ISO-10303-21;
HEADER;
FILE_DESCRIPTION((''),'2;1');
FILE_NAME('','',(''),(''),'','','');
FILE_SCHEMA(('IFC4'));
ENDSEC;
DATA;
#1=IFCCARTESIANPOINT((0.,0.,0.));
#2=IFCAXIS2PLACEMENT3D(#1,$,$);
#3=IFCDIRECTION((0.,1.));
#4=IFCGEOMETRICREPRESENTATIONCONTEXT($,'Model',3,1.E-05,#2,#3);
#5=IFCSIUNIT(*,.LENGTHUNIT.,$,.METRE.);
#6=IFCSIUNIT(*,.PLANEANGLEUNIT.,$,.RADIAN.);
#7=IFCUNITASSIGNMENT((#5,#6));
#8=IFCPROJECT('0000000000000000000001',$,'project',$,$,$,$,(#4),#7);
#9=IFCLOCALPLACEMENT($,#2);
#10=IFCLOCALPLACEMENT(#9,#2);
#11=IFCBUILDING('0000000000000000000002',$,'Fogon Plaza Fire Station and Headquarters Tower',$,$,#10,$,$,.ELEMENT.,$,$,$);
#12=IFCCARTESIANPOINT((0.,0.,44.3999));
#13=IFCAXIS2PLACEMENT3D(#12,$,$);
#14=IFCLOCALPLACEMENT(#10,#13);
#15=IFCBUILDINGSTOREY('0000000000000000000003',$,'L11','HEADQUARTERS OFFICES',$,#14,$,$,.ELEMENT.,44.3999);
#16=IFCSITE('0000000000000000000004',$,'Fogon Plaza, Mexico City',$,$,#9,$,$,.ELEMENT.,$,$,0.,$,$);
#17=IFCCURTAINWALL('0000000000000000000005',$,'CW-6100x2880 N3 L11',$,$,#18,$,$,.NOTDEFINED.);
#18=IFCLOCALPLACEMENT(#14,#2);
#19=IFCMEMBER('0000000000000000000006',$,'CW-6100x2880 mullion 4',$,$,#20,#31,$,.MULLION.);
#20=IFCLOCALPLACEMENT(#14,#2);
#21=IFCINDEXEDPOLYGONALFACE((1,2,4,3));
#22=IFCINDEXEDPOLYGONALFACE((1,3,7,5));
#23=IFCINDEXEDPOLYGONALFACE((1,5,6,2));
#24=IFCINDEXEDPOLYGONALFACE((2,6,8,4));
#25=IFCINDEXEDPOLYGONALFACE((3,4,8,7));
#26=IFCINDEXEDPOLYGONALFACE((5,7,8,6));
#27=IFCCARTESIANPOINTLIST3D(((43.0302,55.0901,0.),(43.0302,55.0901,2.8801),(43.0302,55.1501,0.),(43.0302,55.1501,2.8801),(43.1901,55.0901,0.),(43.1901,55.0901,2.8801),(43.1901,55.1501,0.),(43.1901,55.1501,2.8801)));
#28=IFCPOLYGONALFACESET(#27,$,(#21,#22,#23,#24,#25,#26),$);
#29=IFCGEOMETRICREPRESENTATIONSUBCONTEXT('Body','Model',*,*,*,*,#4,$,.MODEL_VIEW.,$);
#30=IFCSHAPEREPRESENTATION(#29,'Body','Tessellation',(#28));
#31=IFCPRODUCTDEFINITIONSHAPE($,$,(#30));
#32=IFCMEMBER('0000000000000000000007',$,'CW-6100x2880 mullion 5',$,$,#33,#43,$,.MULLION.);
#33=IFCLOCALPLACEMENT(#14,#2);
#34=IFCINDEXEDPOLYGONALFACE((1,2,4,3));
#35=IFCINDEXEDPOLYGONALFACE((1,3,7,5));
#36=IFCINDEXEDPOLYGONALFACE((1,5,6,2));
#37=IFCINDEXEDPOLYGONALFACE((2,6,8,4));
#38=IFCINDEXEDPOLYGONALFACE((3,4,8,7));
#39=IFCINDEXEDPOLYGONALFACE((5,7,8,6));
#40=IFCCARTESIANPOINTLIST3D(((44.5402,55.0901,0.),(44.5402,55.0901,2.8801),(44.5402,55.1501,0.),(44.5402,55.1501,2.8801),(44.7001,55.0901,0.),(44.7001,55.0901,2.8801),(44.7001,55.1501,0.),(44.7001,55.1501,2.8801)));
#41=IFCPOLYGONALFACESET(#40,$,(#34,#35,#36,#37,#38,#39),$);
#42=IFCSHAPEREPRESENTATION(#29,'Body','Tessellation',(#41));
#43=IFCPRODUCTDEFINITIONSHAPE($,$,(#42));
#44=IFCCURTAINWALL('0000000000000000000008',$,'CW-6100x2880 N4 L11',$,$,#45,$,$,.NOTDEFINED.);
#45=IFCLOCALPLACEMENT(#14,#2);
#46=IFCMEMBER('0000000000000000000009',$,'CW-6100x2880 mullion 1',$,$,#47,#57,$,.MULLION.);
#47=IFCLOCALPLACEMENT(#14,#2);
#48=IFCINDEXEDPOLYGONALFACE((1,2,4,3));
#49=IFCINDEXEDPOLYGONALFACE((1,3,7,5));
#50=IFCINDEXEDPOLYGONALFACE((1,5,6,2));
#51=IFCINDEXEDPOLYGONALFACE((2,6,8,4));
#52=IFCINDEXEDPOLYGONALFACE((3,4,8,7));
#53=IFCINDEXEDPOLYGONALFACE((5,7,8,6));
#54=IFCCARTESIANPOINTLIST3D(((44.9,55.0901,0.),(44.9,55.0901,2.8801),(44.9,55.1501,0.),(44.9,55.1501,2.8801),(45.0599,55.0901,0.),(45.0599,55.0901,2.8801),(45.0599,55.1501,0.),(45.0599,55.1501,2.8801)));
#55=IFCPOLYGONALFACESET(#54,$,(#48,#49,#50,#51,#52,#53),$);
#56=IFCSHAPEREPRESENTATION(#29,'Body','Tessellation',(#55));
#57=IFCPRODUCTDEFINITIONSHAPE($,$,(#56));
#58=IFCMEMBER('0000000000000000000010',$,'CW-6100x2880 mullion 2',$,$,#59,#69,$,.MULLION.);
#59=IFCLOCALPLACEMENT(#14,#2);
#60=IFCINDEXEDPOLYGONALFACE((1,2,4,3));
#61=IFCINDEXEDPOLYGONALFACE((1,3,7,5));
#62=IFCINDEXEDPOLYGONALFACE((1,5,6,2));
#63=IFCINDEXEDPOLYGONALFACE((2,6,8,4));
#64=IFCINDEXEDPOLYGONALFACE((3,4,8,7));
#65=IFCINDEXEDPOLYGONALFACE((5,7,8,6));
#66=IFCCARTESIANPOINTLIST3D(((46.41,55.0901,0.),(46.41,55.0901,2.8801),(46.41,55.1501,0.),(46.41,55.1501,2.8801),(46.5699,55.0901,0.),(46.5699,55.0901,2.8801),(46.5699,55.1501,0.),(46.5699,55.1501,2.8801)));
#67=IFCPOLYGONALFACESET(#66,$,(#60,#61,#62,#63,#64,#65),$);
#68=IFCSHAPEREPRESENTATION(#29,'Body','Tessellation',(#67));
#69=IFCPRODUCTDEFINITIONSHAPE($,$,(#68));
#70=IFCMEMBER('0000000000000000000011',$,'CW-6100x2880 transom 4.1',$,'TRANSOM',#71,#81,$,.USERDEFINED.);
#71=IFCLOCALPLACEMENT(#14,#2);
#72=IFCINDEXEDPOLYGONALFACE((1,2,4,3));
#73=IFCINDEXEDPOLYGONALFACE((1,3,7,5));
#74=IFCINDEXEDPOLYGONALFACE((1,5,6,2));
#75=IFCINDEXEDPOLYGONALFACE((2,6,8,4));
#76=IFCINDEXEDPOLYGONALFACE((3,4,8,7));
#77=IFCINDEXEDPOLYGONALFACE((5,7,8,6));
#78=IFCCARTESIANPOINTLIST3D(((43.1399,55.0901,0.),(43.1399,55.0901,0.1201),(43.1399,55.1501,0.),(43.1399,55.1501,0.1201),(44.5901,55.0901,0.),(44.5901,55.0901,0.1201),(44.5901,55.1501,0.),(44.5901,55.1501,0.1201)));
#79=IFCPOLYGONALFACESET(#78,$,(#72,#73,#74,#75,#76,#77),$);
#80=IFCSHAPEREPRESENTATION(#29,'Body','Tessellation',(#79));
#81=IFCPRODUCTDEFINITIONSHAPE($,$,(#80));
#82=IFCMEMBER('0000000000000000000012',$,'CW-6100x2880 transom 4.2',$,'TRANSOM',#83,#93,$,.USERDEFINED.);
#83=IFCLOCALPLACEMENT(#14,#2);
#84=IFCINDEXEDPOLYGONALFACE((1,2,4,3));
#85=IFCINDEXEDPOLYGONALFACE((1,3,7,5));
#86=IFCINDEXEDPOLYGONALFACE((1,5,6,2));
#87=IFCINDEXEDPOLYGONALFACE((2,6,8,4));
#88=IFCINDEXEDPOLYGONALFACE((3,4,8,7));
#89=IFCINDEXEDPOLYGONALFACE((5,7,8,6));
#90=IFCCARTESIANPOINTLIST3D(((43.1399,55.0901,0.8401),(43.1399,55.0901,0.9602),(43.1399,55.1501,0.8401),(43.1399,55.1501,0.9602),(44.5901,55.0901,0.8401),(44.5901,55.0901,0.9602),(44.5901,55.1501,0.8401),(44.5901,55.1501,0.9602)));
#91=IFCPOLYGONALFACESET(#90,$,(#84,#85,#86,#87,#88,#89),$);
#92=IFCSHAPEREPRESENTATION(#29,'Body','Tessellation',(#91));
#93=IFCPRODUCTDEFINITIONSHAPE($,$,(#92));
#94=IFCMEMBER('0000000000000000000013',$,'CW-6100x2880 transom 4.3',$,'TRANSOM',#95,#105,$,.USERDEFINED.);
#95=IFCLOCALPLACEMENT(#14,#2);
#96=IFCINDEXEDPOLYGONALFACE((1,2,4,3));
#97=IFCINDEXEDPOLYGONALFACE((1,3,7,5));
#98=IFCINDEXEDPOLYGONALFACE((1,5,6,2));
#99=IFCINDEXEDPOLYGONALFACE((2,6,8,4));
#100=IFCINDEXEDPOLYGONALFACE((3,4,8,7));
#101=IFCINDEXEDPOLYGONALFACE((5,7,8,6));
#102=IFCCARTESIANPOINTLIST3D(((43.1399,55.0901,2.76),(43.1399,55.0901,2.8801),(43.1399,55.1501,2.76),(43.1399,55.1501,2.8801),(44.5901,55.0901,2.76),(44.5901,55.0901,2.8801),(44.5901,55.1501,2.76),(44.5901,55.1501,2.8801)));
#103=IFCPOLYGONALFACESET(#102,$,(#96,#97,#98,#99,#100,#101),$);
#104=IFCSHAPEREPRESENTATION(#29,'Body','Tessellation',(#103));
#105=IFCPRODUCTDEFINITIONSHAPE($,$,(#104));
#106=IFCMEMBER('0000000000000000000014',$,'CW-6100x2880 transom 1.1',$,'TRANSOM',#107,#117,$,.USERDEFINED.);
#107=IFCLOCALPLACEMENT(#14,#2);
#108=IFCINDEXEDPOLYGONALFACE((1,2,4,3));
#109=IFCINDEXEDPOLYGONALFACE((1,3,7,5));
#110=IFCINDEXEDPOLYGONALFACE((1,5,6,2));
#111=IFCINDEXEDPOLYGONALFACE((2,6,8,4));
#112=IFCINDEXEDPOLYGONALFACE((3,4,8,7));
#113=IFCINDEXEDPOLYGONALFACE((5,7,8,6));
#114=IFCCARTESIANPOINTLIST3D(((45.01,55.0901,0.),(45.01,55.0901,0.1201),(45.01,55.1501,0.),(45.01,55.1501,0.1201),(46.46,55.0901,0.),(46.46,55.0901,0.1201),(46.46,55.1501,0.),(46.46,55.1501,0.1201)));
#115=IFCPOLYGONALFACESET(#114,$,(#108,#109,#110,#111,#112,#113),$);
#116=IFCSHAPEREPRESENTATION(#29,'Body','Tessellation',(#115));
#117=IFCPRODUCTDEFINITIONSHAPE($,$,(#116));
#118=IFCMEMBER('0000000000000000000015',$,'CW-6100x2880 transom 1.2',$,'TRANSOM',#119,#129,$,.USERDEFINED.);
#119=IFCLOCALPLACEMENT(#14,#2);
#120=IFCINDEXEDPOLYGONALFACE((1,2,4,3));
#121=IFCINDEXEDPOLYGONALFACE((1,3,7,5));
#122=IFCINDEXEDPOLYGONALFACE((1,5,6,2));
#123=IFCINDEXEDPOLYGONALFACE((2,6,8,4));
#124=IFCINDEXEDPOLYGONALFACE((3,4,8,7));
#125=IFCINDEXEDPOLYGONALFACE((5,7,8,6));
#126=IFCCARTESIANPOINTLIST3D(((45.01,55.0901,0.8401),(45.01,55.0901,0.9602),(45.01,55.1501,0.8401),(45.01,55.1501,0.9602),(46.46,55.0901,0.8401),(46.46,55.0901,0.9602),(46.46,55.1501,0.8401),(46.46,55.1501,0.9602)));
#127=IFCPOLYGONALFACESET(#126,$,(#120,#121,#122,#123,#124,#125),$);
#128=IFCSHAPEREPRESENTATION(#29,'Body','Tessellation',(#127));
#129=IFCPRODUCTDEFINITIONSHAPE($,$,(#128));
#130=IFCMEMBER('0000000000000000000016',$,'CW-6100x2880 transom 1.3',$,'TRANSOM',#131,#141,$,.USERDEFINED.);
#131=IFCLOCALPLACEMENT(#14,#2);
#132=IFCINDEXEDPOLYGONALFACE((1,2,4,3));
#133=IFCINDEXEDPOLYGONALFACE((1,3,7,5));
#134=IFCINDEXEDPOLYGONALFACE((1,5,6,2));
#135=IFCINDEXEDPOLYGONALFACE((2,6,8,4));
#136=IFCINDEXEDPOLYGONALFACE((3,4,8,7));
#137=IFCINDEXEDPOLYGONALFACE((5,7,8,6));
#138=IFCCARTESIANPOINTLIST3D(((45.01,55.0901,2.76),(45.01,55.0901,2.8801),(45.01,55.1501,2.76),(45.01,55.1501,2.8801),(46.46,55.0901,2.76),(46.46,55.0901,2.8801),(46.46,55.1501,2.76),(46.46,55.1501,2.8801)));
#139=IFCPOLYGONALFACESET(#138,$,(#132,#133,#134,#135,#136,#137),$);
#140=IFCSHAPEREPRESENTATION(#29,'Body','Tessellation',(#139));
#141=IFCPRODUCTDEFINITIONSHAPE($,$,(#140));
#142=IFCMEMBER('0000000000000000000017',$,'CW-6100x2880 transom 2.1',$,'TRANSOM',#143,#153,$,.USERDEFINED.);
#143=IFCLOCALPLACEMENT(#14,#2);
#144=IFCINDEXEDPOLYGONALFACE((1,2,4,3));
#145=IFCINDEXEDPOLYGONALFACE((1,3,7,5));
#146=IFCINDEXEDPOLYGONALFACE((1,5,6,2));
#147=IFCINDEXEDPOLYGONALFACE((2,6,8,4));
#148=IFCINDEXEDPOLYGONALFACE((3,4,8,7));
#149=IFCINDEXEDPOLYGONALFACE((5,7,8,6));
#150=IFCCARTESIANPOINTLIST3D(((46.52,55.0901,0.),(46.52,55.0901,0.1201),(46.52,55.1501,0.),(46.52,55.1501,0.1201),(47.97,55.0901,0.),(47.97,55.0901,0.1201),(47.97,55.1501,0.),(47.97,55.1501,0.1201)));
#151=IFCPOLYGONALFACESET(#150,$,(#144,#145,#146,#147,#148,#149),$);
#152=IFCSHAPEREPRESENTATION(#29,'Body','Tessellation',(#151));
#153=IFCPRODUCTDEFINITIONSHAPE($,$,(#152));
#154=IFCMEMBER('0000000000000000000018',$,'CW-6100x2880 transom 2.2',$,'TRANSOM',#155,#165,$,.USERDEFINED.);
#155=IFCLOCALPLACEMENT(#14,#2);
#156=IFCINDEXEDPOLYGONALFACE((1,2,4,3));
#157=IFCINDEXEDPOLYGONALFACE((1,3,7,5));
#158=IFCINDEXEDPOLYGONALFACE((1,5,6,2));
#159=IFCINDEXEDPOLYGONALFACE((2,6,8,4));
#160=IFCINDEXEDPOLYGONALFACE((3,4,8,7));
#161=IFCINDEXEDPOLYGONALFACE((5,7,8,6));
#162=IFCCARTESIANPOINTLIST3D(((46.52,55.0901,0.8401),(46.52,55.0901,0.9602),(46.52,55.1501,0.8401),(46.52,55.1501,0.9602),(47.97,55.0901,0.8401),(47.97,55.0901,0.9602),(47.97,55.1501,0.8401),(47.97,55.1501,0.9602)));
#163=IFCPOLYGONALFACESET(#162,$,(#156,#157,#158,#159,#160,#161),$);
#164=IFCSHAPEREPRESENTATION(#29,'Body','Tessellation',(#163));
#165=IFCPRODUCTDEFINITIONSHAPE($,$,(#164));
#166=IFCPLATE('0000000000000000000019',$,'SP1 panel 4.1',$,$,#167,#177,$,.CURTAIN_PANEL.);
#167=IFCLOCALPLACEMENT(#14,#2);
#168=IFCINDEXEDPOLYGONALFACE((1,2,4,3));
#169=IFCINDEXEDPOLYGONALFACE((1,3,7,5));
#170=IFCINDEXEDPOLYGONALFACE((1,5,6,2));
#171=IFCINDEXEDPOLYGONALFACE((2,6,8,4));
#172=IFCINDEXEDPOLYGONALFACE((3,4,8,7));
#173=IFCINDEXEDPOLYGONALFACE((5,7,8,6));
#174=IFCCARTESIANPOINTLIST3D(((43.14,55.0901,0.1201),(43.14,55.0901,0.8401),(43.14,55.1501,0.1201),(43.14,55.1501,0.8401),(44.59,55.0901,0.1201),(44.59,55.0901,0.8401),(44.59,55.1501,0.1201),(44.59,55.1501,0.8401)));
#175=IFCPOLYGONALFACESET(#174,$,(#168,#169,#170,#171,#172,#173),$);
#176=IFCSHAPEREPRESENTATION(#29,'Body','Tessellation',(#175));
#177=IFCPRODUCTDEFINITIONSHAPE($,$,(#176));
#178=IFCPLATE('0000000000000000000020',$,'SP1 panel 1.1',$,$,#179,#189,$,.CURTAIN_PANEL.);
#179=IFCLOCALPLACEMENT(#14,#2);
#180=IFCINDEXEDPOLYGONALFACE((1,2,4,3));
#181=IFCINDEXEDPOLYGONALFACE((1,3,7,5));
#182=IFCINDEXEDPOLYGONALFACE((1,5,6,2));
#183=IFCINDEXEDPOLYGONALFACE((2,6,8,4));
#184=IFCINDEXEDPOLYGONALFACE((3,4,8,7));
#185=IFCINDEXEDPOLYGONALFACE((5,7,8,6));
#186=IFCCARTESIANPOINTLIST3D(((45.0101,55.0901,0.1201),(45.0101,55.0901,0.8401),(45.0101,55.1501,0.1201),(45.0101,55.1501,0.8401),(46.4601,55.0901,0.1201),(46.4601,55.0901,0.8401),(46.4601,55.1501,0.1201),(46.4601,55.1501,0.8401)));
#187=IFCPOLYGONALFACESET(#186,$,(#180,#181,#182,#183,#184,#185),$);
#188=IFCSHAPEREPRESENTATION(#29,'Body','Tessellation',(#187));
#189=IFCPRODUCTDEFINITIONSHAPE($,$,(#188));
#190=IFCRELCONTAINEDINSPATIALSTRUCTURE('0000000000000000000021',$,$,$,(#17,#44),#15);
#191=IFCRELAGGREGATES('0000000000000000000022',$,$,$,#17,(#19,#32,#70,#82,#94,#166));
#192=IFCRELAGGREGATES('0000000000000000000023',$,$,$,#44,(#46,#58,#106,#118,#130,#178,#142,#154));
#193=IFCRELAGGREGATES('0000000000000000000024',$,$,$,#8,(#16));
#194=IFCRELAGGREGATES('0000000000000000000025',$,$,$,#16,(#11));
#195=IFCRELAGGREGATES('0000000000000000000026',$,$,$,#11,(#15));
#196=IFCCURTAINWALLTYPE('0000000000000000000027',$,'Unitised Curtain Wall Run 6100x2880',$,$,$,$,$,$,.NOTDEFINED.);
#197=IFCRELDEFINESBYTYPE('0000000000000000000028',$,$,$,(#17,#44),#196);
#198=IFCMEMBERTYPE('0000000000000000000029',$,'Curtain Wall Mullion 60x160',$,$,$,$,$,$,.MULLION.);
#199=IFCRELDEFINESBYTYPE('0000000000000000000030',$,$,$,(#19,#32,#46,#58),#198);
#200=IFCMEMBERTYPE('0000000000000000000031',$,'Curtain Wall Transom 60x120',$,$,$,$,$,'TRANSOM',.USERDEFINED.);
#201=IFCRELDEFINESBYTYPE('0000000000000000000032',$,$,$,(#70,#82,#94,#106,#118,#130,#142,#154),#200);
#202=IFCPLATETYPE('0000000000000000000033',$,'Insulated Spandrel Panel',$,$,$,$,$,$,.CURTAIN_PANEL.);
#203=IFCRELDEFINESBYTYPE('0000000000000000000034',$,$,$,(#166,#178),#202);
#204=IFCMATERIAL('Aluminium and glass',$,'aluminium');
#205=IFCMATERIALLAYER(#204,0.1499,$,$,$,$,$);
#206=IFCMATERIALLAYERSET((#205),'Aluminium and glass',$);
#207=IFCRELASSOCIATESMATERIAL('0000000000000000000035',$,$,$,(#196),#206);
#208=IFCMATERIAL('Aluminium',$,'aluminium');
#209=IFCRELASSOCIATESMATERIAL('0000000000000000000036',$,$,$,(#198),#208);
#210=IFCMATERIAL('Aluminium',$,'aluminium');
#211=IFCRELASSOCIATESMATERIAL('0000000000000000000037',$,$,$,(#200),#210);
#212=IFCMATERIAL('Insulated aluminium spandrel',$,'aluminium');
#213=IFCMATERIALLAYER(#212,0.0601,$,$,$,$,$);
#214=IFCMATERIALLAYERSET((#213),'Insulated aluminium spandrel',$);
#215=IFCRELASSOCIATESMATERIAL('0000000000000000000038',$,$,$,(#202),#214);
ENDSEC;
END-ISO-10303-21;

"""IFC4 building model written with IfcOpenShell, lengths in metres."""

from ifc_helpers import new_model, si_unit, direction, frame, origin, origin_2d, place, context, subcontext, project, spatial, rectangle, extrude, material, layer, layer_set, material_profile, profile_set, type_object, element, aggregate, save


model = new_model("IFC4")

# Units and contexts
model_context = context("Model", 3, precision=1e-05, world=origin(), true_north=direction((0.0, 1.0)))
body_context = subcontext(model_context, "Body", "Model", "MODEL_VIEW")
ifc_project = project(units=[si_unit("LENGTHUNIT", "METRE"), si_unit("PLANEANGLEUNIT", "RADIAN")], contexts=[model_context])

# Site, building, storey
site_placement = place(None, origin())
site = spatial("IfcSite", under=ifc_project, at=site_placement, Name="Fogon Plaza, Mexico City", CompositionType="ELEMENT", RefElevation=0.0)
building_placement = place(site_placement, origin())
building = spatial("IfcBuilding", under=site, at=building_placement, Name="Fogon Plaza Fire Station and Headquarters Tower", CompositionType="ELEMENT")
storey_placement = place(building_placement, frame((0.0, 0.0, 44.3999)))
storey = spatial("IfcBuildingStorey", under=building, at=storey_placement, Name="L11", Description="HEADQUARTERS OFFICES", CompositionType="ELEMENT", Elevation=44.3999)

# Curtain walls, members
ifc_material_1 = material(Name="Aluminium and glass", Category="aluminium")
ifc_layer_1 = layer(ifc_material_1, 0.1499)
ifc_layer_set_1 = layer_set([ifc_layer_1], Name="Aluminium and glass")
curtain_wall_type = type_object("IfcCurtainWallType", Name="Unitised Curtain Wall Run 6100x2880", PredefinedType="NOTDEFINED", material=ifc_layer_set_1)
curtain_wall_1_placement = place(storey_placement, origin())
curtain_wall_1 = element("IfcCurtainWall", 1, at=curtain_wall_1_placement, inside=storey, type_object=curtain_wall_type, Name="CW-6100x2880 N3 L11", PredefinedType="NOTDEFINED")
ifc_material_2 = material(Name="Aluminium", Category="aluminium")
ifc_material_profile_1 = material_profile(ifc_material_2, rectangle(XDim=0.0601, YDim=0.1599, at=origin_2d()), Name="Curtain Wall Mullion 60x160")
ifc_profile_set_1 = profile_set([ifc_material_profile_1], Name="Aluminium")
member_type_1 = type_object("IfcMemberType", Name="Curtain Wall Mullion 60x160", PredefinedType="MULLION", material=ifc_profile_set_1)
member_1_placement = place(storey_placement, frame((43.1101, 55.1201, 0.0), z_axis=(0.0, 0.0, 1.0), x_axis=(0.0, 1.0, 0.0)))
member_1 = element("IfcMember", 2, at=member_1_placement, type_object=member_type_1, Name="CW-6100x2880 mullion 4", PredefinedType="MULLION", context=body_context, shape_type="SweptSolid", body=[
    extrude(rectangle(XDim=0.0601, YDim=0.1599, at=origin_2d()), origin(), (0.0, 0.0, 1.0), 2.8801),
])
member_2_placement = place(storey_placement, frame((44.6201, 55.1201, 0.0), z_axis=(0.0, 0.0, 1.0), x_axis=(0.0, 1.0, 0.0)))
member_2 = element("IfcMember", 3, at=member_2_placement, type_object=member_type_1, Name="CW-6100x2880 mullion 5", PredefinedType="MULLION", context=body_context, shape_type="SweptSolid", body=[
    extrude(rectangle(XDim=0.0601, YDim=0.1599, at=origin_2d()), origin(), (0.0, 0.0, 1.0), 2.8801),
])
curtain_wall_2_placement = place(storey_placement, origin())
curtain_wall_2 = element("IfcCurtainWall", 4, at=curtain_wall_2_placement, inside=storey, type_object=curtain_wall_type, Name="CW-6100x2880 N4 L11", PredefinedType="NOTDEFINED")
member_3_placement = place(storey_placement, frame((44.98, 55.1201, 0.0), z_axis=(0.0, 0.0, 1.0), x_axis=(0.0, 1.0, 0.0)))
member_3 = element("IfcMember", 5, at=member_3_placement, type_object=member_type_1, Name="CW-6100x2880 mullion 1", PredefinedType="MULLION", context=body_context, shape_type="SweptSolid", body=[
    extrude(rectangle(XDim=0.0601, YDim=0.1599, at=origin_2d()), origin(), (0.0, 0.0, 1.0), 2.8801),
])
member_4_placement = place(storey_placement, frame((46.49, 55.1201, 0.0), z_axis=(0.0, 0.0, 1.0), x_axis=(0.0, 1.0, 0.0)))
member_4 = element("IfcMember", 6, at=member_4_placement, type_object=member_type_1, Name="CW-6100x2880 mullion 2", PredefinedType="MULLION", context=body_context, shape_type="SweptSolid", body=[
    extrude(rectangle(XDim=0.0601, YDim=0.1599, at=origin_2d()), origin(), (0.0, 0.0, 1.0), 2.8801),
])

# Members
ifc_material_3 = material(Name="Aluminium", Category="aluminium")
ifc_material_profile_2 = material_profile(ifc_material_3, rectangle(XDim=0.0601, YDim=0.1201, at=origin_2d()), Name="Curtain Wall Transom 60x120")
ifc_profile_set_2 = profile_set([ifc_material_profile_2], Name="Aluminium")
member_type_2 = type_object("IfcMemberType", Name="Curtain Wall Transom 60x120", ElementType="TRANSOM", PredefinedType="USERDEFINED", material=ifc_profile_set_2)
member_5_placement = place(storey_placement, frame((43.1399, 55.1201, 0.0601), z_axis=(1.0, 0.0, 0.0), x_axis=(0.0, 1.0, 0.0)))
member_5 = element("IfcMember", 7, at=member_5_placement, type_object=member_type_2, Name="CW-6100x2880 transom 4.1", ObjectType="TRANSOM", PredefinedType="USERDEFINED", context=body_context, shape_type="SweptSolid", body=[
    extrude(rectangle(XDim=0.0601, YDim=0.1201, at=origin_2d()), origin(), (0.0, 0.0, 1.0), 1.4502),
])
member_6_placement = place(storey_placement, frame((43.1399, 55.1201, 0.9001), z_axis=(1.0, 0.0, 0.0), x_axis=(0.0, 1.0, 0.0)))
member_6 = element("IfcMember", 8, at=member_6_placement, type_object=member_type_2, Name="CW-6100x2880 transom 4.2", ObjectType="TRANSOM", PredefinedType="USERDEFINED", context=body_context, shape_type="SweptSolid", body=[
    extrude(rectangle(XDim=0.0601, YDim=0.1201, at=origin_2d()), origin(), (0.0, 0.0, 1.0), 1.4502),
])
member_7_placement = place(storey_placement, frame((43.1399, 55.1201, 2.8201), z_axis=(1.0, 0.0, 0.0), x_axis=(0.0, 1.0, 0.0)))
member_7 = element("IfcMember", 9, at=member_7_placement, type_object=member_type_2, Name="CW-6100x2880 transom 4.3", ObjectType="TRANSOM", PredefinedType="USERDEFINED", context=body_context, shape_type="SweptSolid", body=[
    extrude(rectangle(XDim=0.0601, YDim=0.1201, at=origin_2d()), origin(), (0.0, 0.0, 1.0), 1.4502),
])
member_8_placement = place(storey_placement, frame((45.01, 55.1201, 0.0601), z_axis=(1.0, 0.0, 0.0), x_axis=(0.0, 1.0, 0.0)))
member_8 = element("IfcMember", 10, at=member_8_placement, type_object=member_type_2, Name="CW-6100x2880 transom 1.1", ObjectType="TRANSOM", PredefinedType="USERDEFINED", context=body_context, shape_type="SweptSolid", body=[
    extrude(rectangle(XDim=0.0601, YDim=0.1201, at=origin_2d()), origin(), (0.0, 0.0, 1.0), 1.45),
])
member_9_placement = place(storey_placement, frame((45.01, 55.1201, 0.9001), z_axis=(1.0, 0.0, 0.0), x_axis=(0.0, 1.0, 0.0)))
member_9 = element("IfcMember", 11, at=member_9_placement, type_object=member_type_2, Name="CW-6100x2880 transom 1.2", ObjectType="TRANSOM", PredefinedType="USERDEFINED", context=body_context, shape_type="SweptSolid", body=[
    extrude(rectangle(XDim=0.0601, YDim=0.1201, at=origin_2d()), origin(), (0.0, 0.0, 1.0), 1.45),
])
member_10_placement = place(storey_placement, frame((45.01, 55.1201, 2.8201), z_axis=(1.0, 0.0, 0.0), x_axis=(0.0, 1.0, 0.0)))
member_10 = element("IfcMember", 12, at=member_10_placement, type_object=member_type_2, Name="CW-6100x2880 transom 1.3", ObjectType="TRANSOM", PredefinedType="USERDEFINED", context=body_context, shape_type="SweptSolid", body=[
    extrude(rectangle(XDim=0.0601, YDim=0.1201, at=origin_2d()), origin(), (0.0, 0.0, 1.0), 1.45),
])
member_11_placement = place(storey_placement, frame((46.52, 55.1201, 0.0601), z_axis=(1.0, 0.0, 0.0), x_axis=(0.0, 1.0, 0.0)))
member_11 = element("IfcMember", 13, at=member_11_placement, type_object=member_type_2, Name="CW-6100x2880 transom 2.1", ObjectType="TRANSOM", PredefinedType="USERDEFINED", context=body_context, shape_type="SweptSolid", body=[
    extrude(rectangle(XDim=0.0601, YDim=0.1201, at=origin_2d()), origin(), (0.0, 0.0, 1.0), 1.45),
])
member_12_placement = place(storey_placement, frame((46.52, 55.1201, 0.9001), z_axis=(1.0, 0.0, 0.0), x_axis=(0.0, 1.0, 0.0)))
member_12 = element("IfcMember", 14, at=member_12_placement, type_object=member_type_2, Name="CW-6100x2880 transom 2.2", ObjectType="TRANSOM", PredefinedType="USERDEFINED", context=body_context, shape_type="SweptSolid", body=[
    extrude(rectangle(XDim=0.0601, YDim=0.1201, at=origin_2d()), origin(), (0.0, 0.0, 1.0), 1.45),
])

# Plates
ifc_material_4 = material(Name="Insulated aluminium spandrel", Category="aluminium")
ifc_layer_2 = layer(ifc_material_4, 0.0601)
ifc_layer_set_2 = layer_set([ifc_layer_2], Name="Insulated aluminium spandrel")
plate_type_1 = type_object("IfcPlateType", Name="Insulated Spandrel Panel", PredefinedType="CURTAIN_PANEL", material=ifc_layer_set_2)
plate_1_placement = place(storey_placement, frame((43.865, 55.1201, 0.1201), z_axis=(0.0, 0.0, 1.0), x_axis=(1.0, 0.0, 0.0)))
plate_1 = element("IfcPlate", 15, at=plate_1_placement, type_object=plate_type_1, Name="SP1 panel 4.1", PredefinedType="CURTAIN_PANEL", context=body_context, shape_type="SweptSolid", body=[
    extrude(rectangle(XDim=1.45, YDim=0.0601, at=origin_2d()), origin(), (0.0, 0.0, 1.0), 0.72),
])
plate_2_placement = place(storey_placement, frame((45.7351, 55.1201, 0.1201), z_axis=(0.0, 0.0, 1.0), x_axis=(1.0, 0.0, 0.0)))
plate_2 = element("IfcPlate", 16, at=plate_2_placement, type_object=plate_type_1, Name="SP1 panel 1.1", PredefinedType="CURTAIN_PANEL", context=body_context, shape_type="SweptSolid", body=[
    extrude(rectangle(XDim=1.45, YDim=0.0601, at=origin_2d()), origin(), (0.0, 0.0, 1.0), 0.72),
])
aggregate(curtain_wall_1, [member_1, member_2, member_5, member_6, member_7, plate_1])
aggregate(curtain_wall_2, [member_3, member_4, member_8, member_9, member_10, plate_2, member_11, member_12])

save(model, "model.ifc")
